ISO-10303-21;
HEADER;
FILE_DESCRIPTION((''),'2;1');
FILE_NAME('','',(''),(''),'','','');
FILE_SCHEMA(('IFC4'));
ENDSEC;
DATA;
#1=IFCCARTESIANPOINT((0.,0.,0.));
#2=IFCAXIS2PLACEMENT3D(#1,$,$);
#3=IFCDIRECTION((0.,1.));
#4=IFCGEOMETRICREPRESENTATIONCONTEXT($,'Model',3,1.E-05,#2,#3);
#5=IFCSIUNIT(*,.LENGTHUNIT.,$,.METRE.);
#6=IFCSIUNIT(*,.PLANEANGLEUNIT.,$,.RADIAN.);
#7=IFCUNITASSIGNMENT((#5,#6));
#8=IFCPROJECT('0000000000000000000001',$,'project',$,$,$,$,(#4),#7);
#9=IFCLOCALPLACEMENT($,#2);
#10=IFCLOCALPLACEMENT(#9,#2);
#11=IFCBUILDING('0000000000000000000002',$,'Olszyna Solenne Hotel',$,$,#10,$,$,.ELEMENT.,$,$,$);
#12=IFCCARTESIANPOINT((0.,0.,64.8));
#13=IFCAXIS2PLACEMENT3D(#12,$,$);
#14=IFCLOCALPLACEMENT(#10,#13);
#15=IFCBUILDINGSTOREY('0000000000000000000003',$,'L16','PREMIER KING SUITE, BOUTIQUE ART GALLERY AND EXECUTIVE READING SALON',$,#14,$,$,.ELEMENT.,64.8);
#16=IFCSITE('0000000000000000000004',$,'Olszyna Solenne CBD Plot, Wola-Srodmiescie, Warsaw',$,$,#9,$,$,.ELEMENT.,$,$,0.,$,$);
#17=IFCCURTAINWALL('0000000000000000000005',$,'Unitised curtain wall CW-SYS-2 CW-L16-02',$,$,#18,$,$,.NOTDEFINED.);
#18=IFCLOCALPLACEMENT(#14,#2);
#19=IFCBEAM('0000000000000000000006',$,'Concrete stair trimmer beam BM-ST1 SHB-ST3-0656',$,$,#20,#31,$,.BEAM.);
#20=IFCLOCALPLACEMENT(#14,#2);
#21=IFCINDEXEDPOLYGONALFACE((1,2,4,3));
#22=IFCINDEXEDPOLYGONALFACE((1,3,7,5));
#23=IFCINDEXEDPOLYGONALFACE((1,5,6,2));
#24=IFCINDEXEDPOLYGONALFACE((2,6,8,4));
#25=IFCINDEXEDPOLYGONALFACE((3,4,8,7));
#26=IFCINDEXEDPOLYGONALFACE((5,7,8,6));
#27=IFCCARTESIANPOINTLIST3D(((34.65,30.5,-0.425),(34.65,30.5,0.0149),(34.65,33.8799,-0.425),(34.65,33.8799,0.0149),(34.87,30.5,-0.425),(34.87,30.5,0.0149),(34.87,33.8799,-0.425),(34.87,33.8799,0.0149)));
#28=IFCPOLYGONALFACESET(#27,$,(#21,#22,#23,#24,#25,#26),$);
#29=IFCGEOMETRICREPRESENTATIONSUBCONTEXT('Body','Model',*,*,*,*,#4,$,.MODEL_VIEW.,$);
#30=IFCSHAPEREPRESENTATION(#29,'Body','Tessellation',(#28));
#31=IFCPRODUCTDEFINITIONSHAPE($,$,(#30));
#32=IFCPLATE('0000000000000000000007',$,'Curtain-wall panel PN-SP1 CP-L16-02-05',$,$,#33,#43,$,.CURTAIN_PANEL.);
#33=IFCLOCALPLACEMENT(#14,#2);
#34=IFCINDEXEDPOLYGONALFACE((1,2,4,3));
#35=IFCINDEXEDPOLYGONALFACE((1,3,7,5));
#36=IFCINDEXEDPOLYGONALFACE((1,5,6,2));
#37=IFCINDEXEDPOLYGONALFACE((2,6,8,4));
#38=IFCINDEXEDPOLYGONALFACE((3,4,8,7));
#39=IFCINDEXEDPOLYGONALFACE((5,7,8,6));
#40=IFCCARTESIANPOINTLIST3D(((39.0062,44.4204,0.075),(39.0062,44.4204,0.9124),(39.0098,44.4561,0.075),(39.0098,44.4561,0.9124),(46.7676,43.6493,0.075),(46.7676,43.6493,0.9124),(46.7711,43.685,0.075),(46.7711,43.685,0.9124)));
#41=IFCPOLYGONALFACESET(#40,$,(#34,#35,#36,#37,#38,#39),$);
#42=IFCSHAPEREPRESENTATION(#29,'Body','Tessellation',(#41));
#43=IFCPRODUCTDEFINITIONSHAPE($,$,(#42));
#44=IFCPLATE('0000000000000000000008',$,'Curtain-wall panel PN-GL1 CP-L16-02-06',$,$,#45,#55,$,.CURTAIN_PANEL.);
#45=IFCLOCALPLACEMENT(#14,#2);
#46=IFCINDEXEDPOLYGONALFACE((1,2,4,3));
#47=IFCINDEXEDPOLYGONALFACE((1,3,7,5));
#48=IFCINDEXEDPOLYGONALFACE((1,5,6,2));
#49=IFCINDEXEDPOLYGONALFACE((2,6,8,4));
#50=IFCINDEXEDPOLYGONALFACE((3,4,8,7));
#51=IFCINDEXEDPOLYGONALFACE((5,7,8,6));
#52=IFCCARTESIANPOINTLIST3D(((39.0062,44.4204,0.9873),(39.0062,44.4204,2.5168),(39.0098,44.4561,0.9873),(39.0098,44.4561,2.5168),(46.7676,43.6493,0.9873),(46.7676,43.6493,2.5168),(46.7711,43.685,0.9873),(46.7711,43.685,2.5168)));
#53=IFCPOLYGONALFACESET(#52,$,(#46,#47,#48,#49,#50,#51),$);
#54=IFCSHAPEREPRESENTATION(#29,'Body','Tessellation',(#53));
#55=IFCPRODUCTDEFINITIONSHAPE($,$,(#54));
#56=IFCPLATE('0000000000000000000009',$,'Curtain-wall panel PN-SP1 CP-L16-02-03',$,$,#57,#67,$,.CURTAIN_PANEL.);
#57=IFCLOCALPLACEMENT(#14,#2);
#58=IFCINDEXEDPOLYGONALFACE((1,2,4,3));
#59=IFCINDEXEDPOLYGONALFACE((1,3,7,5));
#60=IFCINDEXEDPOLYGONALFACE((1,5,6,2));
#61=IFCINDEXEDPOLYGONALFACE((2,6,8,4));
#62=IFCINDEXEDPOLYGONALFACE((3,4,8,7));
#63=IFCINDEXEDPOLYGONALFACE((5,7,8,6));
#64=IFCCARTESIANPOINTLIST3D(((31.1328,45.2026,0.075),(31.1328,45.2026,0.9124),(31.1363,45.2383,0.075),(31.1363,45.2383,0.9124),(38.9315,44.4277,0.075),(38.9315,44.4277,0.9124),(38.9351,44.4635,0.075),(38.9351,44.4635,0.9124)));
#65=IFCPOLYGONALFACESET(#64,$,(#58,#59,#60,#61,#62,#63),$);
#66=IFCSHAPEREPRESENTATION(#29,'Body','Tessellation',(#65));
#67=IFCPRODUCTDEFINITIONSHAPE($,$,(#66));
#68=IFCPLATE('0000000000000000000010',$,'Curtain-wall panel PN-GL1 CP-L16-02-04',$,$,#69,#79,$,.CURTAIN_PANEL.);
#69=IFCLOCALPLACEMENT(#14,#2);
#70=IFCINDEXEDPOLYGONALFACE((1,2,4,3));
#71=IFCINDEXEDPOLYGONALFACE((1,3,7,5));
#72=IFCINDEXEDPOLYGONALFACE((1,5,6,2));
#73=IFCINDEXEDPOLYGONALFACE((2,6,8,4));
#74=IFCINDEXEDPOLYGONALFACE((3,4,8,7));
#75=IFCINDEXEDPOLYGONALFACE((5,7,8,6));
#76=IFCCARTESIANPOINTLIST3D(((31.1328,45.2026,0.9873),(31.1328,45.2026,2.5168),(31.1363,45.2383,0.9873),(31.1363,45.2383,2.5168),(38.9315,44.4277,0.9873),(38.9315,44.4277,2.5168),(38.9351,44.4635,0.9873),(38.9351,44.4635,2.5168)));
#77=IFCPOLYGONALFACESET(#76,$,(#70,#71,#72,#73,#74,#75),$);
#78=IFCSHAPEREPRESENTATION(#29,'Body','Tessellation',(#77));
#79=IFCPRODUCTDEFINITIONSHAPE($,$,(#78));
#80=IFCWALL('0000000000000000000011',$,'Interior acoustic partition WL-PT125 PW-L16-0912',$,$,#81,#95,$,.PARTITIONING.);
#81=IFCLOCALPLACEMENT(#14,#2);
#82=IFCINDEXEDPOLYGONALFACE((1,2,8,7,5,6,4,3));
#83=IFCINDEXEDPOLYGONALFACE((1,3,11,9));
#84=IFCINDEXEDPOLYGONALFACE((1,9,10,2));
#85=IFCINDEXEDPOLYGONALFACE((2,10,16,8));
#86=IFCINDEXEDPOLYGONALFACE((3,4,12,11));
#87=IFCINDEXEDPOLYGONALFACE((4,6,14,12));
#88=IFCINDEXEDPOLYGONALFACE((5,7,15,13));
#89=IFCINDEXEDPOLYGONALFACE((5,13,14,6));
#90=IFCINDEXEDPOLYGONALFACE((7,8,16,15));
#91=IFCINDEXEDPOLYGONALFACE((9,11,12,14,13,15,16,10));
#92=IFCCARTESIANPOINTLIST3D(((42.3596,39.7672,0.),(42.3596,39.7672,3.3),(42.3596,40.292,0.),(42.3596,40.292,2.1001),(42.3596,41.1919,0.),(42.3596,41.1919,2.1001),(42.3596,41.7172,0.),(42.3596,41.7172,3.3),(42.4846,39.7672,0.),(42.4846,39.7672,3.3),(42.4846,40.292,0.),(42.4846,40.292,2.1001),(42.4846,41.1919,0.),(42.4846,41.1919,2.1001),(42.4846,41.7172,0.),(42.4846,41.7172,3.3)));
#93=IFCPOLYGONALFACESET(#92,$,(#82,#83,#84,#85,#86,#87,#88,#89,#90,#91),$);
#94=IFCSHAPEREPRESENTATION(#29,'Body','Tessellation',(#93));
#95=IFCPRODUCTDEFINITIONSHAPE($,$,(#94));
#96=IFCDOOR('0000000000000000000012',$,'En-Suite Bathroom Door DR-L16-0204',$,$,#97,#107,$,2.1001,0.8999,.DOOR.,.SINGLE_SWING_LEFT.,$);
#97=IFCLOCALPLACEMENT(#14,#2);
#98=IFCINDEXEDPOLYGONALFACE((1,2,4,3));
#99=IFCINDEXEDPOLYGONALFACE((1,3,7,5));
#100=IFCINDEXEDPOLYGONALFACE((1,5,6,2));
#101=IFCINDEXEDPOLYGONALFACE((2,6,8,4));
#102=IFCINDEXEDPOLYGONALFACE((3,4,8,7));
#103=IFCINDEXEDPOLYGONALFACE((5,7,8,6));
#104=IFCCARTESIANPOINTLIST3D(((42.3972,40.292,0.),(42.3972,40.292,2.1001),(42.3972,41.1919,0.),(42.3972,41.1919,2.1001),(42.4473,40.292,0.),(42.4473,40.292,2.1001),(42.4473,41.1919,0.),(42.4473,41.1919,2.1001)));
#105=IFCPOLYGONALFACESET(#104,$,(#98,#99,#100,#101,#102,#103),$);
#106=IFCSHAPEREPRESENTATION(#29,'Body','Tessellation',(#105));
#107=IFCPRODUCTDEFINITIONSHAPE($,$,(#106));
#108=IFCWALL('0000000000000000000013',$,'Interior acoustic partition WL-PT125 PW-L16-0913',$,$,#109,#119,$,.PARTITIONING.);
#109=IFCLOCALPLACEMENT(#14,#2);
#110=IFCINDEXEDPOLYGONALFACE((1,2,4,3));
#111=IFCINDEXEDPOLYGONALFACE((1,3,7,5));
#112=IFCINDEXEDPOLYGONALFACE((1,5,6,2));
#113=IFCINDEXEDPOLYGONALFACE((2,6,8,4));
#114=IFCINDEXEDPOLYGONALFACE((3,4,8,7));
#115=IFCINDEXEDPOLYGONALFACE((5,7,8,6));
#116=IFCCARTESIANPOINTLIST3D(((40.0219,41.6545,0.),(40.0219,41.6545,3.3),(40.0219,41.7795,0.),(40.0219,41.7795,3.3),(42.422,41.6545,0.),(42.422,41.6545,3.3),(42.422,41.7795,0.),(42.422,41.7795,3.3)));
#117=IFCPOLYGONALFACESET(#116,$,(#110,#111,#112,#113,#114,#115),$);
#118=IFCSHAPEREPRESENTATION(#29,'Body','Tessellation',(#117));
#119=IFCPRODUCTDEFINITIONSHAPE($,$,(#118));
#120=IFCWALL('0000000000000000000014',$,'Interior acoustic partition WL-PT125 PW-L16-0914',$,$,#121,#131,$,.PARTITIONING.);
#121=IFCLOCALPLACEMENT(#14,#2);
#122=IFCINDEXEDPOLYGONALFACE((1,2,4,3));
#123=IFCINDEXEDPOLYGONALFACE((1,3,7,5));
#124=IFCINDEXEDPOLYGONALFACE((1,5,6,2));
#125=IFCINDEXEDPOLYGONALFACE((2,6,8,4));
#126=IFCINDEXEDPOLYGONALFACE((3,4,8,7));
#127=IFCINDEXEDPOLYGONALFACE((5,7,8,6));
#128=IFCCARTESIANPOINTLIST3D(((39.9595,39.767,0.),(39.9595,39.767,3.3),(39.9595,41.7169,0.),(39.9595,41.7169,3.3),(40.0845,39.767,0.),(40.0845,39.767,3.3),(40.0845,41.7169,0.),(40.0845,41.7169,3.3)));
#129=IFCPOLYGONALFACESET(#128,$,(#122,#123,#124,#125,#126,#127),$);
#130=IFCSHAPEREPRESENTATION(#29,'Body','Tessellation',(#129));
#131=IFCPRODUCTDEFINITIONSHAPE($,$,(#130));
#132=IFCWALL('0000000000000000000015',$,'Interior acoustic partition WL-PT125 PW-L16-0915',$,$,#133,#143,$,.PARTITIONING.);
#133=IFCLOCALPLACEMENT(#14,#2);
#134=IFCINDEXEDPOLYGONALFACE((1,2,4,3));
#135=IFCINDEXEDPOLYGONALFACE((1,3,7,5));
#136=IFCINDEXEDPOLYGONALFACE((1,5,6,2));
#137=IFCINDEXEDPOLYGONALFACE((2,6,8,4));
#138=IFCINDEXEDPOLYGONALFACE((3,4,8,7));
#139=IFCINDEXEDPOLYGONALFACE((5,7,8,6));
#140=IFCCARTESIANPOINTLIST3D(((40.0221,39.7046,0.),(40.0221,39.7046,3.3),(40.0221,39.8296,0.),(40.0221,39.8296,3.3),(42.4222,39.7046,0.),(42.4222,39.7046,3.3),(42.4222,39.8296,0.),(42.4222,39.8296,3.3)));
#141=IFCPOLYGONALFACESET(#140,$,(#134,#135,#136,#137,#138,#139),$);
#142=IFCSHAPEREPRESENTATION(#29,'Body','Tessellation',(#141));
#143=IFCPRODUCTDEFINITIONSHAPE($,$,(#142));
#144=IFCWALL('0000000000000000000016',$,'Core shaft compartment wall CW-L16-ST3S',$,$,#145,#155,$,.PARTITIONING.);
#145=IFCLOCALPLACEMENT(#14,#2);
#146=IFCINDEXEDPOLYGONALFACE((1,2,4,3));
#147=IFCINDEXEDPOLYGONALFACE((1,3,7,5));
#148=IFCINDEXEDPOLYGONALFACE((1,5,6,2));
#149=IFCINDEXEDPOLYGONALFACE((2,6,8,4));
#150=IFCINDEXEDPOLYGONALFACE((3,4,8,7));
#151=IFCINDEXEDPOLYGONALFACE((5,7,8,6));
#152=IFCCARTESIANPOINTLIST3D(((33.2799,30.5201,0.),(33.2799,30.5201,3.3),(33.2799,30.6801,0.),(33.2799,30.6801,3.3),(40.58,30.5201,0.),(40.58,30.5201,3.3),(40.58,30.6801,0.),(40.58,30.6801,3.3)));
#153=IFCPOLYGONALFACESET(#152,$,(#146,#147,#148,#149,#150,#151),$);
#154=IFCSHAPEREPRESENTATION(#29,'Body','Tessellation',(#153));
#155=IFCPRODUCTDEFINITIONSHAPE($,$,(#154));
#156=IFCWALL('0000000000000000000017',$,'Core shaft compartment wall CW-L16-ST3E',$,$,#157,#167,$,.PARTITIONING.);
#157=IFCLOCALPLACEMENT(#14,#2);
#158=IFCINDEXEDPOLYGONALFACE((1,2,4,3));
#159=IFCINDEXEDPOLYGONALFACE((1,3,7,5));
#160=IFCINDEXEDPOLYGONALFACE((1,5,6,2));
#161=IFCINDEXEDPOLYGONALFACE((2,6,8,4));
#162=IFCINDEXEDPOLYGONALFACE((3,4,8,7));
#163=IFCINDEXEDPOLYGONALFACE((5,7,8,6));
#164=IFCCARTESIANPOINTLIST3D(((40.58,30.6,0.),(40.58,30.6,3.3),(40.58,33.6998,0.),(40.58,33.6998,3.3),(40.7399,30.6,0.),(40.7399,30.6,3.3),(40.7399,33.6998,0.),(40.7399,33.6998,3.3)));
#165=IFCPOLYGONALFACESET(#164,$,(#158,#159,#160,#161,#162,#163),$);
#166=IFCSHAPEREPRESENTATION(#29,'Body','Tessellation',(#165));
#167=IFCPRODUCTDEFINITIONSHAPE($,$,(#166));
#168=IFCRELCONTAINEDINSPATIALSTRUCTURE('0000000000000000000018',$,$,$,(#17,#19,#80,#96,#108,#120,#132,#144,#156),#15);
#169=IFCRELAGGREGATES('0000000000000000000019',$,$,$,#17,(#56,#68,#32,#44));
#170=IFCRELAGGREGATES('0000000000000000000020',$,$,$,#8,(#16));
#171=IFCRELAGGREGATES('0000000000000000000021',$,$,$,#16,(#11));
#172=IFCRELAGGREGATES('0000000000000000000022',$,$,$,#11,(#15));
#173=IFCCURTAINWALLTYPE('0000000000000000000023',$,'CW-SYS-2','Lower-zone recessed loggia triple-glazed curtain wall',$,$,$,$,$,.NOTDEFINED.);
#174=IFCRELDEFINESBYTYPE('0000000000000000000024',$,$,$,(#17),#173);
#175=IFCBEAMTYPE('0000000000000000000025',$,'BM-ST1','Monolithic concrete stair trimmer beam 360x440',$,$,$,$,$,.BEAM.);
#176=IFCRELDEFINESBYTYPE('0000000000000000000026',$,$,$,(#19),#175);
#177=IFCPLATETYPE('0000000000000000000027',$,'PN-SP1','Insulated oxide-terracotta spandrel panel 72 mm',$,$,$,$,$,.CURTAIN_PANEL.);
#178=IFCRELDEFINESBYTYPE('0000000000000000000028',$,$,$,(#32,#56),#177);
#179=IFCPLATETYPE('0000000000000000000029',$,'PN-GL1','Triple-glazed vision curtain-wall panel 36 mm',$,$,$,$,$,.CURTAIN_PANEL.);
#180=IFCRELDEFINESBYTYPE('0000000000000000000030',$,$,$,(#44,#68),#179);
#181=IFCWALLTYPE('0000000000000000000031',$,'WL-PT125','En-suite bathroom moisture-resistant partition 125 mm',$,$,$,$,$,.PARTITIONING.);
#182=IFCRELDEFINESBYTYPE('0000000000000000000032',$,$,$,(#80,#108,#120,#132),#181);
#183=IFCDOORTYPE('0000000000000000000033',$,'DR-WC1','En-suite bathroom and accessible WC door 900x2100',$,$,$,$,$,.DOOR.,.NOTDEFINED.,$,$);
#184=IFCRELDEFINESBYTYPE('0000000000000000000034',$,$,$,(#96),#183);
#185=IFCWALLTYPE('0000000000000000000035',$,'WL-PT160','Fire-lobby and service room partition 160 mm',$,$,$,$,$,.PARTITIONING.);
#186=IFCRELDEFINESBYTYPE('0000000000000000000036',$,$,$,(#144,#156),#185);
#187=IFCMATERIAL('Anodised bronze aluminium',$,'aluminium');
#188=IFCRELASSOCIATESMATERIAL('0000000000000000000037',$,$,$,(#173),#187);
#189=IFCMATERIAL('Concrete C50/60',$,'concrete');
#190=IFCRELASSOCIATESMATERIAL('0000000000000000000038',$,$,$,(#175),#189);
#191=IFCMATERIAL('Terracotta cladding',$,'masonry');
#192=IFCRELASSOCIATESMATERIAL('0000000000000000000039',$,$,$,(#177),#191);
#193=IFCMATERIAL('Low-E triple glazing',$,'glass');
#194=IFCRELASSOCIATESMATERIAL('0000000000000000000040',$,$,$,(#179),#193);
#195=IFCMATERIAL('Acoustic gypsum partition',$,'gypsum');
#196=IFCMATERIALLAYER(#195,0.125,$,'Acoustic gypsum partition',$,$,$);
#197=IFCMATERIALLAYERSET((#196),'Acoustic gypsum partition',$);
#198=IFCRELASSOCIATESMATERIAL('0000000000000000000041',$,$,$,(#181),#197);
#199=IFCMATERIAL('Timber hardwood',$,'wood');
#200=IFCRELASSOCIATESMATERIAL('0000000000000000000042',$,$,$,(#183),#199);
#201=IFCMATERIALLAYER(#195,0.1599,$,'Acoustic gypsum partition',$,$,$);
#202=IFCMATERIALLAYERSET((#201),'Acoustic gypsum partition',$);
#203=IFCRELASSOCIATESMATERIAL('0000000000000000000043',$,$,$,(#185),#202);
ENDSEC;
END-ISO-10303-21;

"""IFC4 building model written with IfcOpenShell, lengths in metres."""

from ifc_helpers import new_model, si_unit, direction, frame, frame_2d, origin, origin_2d, place, context, subcontext, project, spatial, rectangle, extrude, source, transform, mapped, material, layer, layer_set, material_profile, profile_set, type_object, type_shapes, element, fill, aggregate, save


model = new_model("IFC4")

# Units and contexts
model_context = context("Model", 3, precision=1e-05, world=origin(), true_north=direction((0.0, 1.0)))
body_context = subcontext(model_context, "Body", "Model", "MODEL_VIEW")
ifc_project = project(units=[si_unit("LENGTHUNIT", "METRE"), si_unit("PLANEANGLEUNIT", "RADIAN")], contexts=[model_context])

# Site, building, storey
site_placement = place(None, origin())
site = spatial("IfcSite", under=ifc_project, at=site_placement, Name="Olszyna Solenne CBD Plot, Wola-Srodmiescie, Warsaw", CompositionType="ELEMENT", RefElevation=0.0)
building_placement = place(site_placement, origin())
building = spatial("IfcBuilding", under=site, at=building_placement, Name="Olszyna Solenne Hotel", CompositionType="ELEMENT")
storey_placement = place(building_placement, frame((0.0, 0.0, 64.8)))
storey = spatial("IfcBuildingStorey", under=building, at=storey_placement, Name="L16", Description="PREMIER KING SUITE, BOUTIQUE ART GALLERY AND EXECUTIVE READING SALON", CompositionType="ELEMENT", Elevation=64.8)

# Curtain wall
ifc_material_1 = material(Name="Anodised bronze aluminium", Category="aluminium")
curtain_wall_type = type_object("IfcCurtainWallType", Name="CW-SYS-2", Description="Lower-zone recessed loggia triple-glazed curtain wall", PredefinedType="NOTDEFINED", material=ifc_material_1)
curtain_wall_placement = place(storey_placement, origin())
curtain_wall = element("IfcCurtainWall", 1, at=curtain_wall_placement, inside=storey, type_object=curtain_wall_type, Name="Unitised curtain wall CW-SYS-2 CW-L16-02", PredefinedType="NOTDEFINED")

# Beam
ifc_material_2 = material(Name="Concrete C50/60", Category="concrete")
ifc_material_profile_1 = material_profile(ifc_material_2, rectangle(XDim=0.22, YDim=0.4399, at=origin_2d()), Name="RC 220x440", Category="load-bearing")
ifc_profile_set_1 = profile_set([ifc_material_profile_1], Name="Concrete C50/60")
beam_type_1 = type_object("IfcBeamType", Name="BM-ST1", Description="Monolithic concrete stair trimmer beam 360x440", PredefinedType="BEAM", material=ifc_profile_set_1)
shared_shape_1 = source(origin(), body_context, "Body", "SweptSolid", [
    extrude(rectangle(XDim=0.22, YDim=0.4399, at=origin_2d()), origin(), (0.0, 0.0, 1.0), 3.3799),
])
beam_1_placement = place(storey_placement, frame((34.76, 30.5, -0.2051), z_axis=(0.0, 1.0, 0.0), x_axis=(-1.0, 0.0, 0.0)))
element("IfcBeam", 2, at=beam_1_placement, inside=storey, type_object=beam_type_1, Name="Concrete stair trimmer beam BM-ST1 SHB-ST3-0656", PredefinedType="BEAM", context=body_context, shape_type="MappedRepresentation", body=[
    mapped(shared_shape_1, transform((0.0, 0.0, 0.0), x_axis=(1.0, 0.0, 0.0), y_axis=(0.0, 1.0, 0.0), z_axis=(0.0, 0.0, 1.0), scale=1.0)),
])

# Plates
ifc_material_3 = material(Name="Terracotta cladding", Category="masonry")
plate_type_1 = type_object("IfcPlateType", Name="PN-SP1", Description="Insulated oxide-terracotta spandrel panel 72 mm", PredefinedType="CURTAIN_PANEL", material=ifc_material_3)
shared_shape_2 = source(origin(), body_context, "Body", "SweptSolid", [
    extrude(rectangle(XDim=7.7996, YDim=0.0359, at=origin_2d()), origin(), (0.0, 0.0, 1.0), 0.8374),
])
plate_1_placement = place(storey_placement, frame((42.8887, 44.0527, 0.075), z_axis=(0.0, 0.0, 1.0), x_axis=(0.995101, -0.098865, 0.0)))
plate_1 = element("IfcPlate", 3, at=plate_1_placement, type_object=plate_type_1, Name="Curtain-wall panel PN-SP1 CP-L16-02-05", PredefinedType="CURTAIN_PANEL", context=body_context, shape_type="MappedRepresentation", body=[
    mapped(shared_shape_2, transform((0.0, 0.0, 0.0), x_axis=(1.0, 0.0, 0.0), y_axis=(0.0, 1.0, 0.0), z_axis=(0.0, 0.0, 1.0), scale=1.0)),
])
ifc_material_4 = material(Name="Low-E triple glazing", Category="glass")
plate_type_2 = type_object("IfcPlateType", Name="PN-GL1", Description="Triple-glazed vision curtain-wall panel 36 mm", PredefinedType="CURTAIN_PANEL", material=ifc_material_4)
shared_shape_3 = source(origin(), body_context, "Body", "SweptSolid", [
    extrude(rectangle(XDim=7.7996, YDim=0.0359, at=origin_2d()), origin(), (0.0, 0.0, 1.0), 1.5295),
])
plate_2_placement = place(storey_placement, frame((42.8887, 44.0527, 0.9873), z_axis=(0.0, 0.0, 1.0), x_axis=(0.995101, -0.098865, 0.0)))
plate_2 = element("IfcPlate", 4, at=plate_2_placement, type_object=plate_type_2, Name="Curtain-wall panel PN-GL1 CP-L16-02-06", PredefinedType="CURTAIN_PANEL", context=body_context, shape_type="MappedRepresentation", body=[
    mapped(shared_shape_3, transform((0.0, 0.0, 0.0), x_axis=(1.0, 0.0, 0.0), y_axis=(0.0, 1.0, 0.0), z_axis=(0.0, 0.0, 1.0), scale=1.0)),
])
shared_shape_4 = source(origin(), body_context, "Body", "SweptSolid", [
    extrude(rectangle(XDim=7.8372, YDim=0.0359, at=origin_2d()), origin(), (0.0, 0.0, 1.0), 0.8374),
])
plate_3_placement = place(storey_placement, frame((35.0339, 44.833, 0.075), z_axis=(0.0, 0.0, 1.0), x_axis=(0.995101, -0.098865, 0.0)))
plate_3 = element("IfcPlate", 5, at=plate_3_placement, type_object=plate_type_1, Name="Curtain-wall panel PN-SP1 CP-L16-02-03", PredefinedType="CURTAIN_PANEL", context=body_context, shape_type="MappedRepresentation", body=[
    mapped(shared_shape_4, transform((0.0, 0.0, 0.0), x_axis=(1.0, 0.0, 0.0), y_axis=(0.0, 1.0, 0.0), z_axis=(0.0, 0.0, 1.0), scale=1.0)),
])
shared_shape_5 = source(origin(), body_context, "Body", "SweptSolid", [
    extrude(rectangle(XDim=7.8372, YDim=0.0359, at=origin_2d()), origin(), (0.0, 0.0, 1.0), 1.5295),
])
plate_4_placement = place(storey_placement, frame((35.0339, 44.833, 0.9873), z_axis=(0.0, 0.0, 1.0), x_axis=(0.995101, -0.098865, 0.0)))
plate_4 = element("IfcPlate", 6, at=plate_4_placement, type_object=plate_type_2, Name="Curtain-wall panel PN-GL1 CP-L16-02-04", PredefinedType="CURTAIN_PANEL", context=body_context, shape_type="MappedRepresentation", body=[
    mapped(shared_shape_5, transform((0.0, 0.0, 0.0), x_axis=(1.0, 0.0, 0.0), y_axis=(0.0, 1.0, 0.0), z_axis=(0.0, 0.0, 1.0), scale=1.0)),
])
aggregate(curtain_wall, [plate_3, plate_4, plate_1, plate_2])

# Wall, opening, door
ifc_material_5 = material(Name="Acoustic gypsum partition", Category="gypsum")
ifc_layer_1 = layer(ifc_material_5, 0.125, Name="Acoustic gypsum partition")
ifc_layer_set_1 = layer_set([ifc_layer_1], Name="Acoustic gypsum partition")
wall_type_1 = type_object("IfcWallType", Name="WL-PT125", Description="En-suite bathroom moisture-resistant partition 125 mm", PredefinedType="PARTITIONING", material=ifc_layer_set_1)
wall_1_placement = place(storey_placement, frame((42.4221, 39.7671, 0.0), z_axis=(0.0, 0.0, 1.0), x_axis=(0.0, 1.0, 0.0)))
wall_1 = element("IfcWall", 7, at=wall_1_placement, inside=storey, type_object=wall_type_1, Name="Interior acoustic partition WL-PT125 PW-L16-0912", PredefinedType="PARTITIONING", context=body_context, shape_type="SweptSolid", body=[
    extrude(rectangle(XDim=1.95, YDim=0.125, at=frame_2d((0.9751, 0.0))), origin(), (0.0, 0.0, 1.0), 3.3),
])
opening_placement = place(wall_1_placement, frame((0.5249, 0.0, 0.0)))
opening = element("IfcOpeningElement", 8, at=opening_placement, cuts=wall_1, PredefinedType="OPENING", context=body_context, shape_type="SweptSolid", body=[
    extrude(rectangle(XDim=0.8999, YDim=2.1001, at=frame_2d((0.45, 1.05))), frame((0.0, 0.0725, 0.0), z_axis=(0.0, -1.0, 0.0), x_axis=(1.0, 0.0, 0.0)), (0.0, 0.0, 1.0), 0.145),
])
ifc_material_6 = material(Name="Timber hardwood", Category="wood")
door_type = type_object("IfcDoorType", Name="DR-WC1", Description="En-suite bathroom and accessible WC door 900x2100", OperationType="NOTDEFINED", PredefinedType="DOOR", material=ifc_material_6)
shared_shape_6 = source(origin(), body_context, "Body", "SweptSolid", [
    extrude(rectangle(XDim=0.8999, YDim=2.1001, at=frame_2d((0.45, 1.05))), frame((0.0, 0.0249, 0.0), z_axis=(0.0, -1.0, 0.0), x_axis=(1.0, 0.0, 0.0)), (0.0, 0.0, 1.0), 0.05),
])
type_shapes(door_type, [shared_shape_6])
door_placement = place(opening_placement, origin())
door = element("IfcDoor", 9, at=door_placement, inside=storey, type_object=door_type, Name="En-Suite Bathroom Door DR-L16-0204", OperationType="SINGLE_SWING_LEFT", OverallHeight=2.1001, OverallWidth=0.8999, PredefinedType="DOOR", context=body_context, shape_type="MappedRepresentation", body=[
    mapped(shared_shape_6, transform((0.0, 0.0, 0.0), x_axis=(1.0, 0.0, 0.0), y_axis=(0.0, 1.0, 0.0), z_axis=(0.0, 0.0, 1.0), scale=1.0)),
])
fill(opening, door)

# Walls
wall_2_placement = place(storey_placement, frame((42.4221, 41.717, 0.0), z_axis=(0.0, 0.0, 1.0), x_axis=(-1.0, 0.0, 0.0)))
element("IfcWall", 10, at=wall_2_placement, inside=storey, type_object=wall_type_1, Name="Interior acoustic partition WL-PT125 PW-L16-0913", PredefinedType="PARTITIONING", context=body_context, shape_type="SweptSolid", body=[
    extrude(rectangle(XDim=2.4001, YDim=0.125, at=frame_2d((1.2002, 0.0))), origin(), (0.0, 0.0, 1.0), 3.3),
])
wall_3_placement = place(storey_placement, frame((40.022, 41.717, 0.0), z_axis=(0.0, 0.0, 1.0), x_axis=(0.0, -1.0, 0.0)))
element("IfcWall", 11, at=wall_3_placement, inside=storey, type_object=wall_type_1, Name="Interior acoustic partition WL-PT125 PW-L16-0914", PredefinedType="PARTITIONING", context=body_context, shape_type="SweptSolid", body=[
    extrude(rectangle(XDim=1.95, YDim=0.125, at=frame_2d((0.9751, 0.0))), origin(), (0.0, 0.0, 1.0), 3.3),
])
wall_4_placement = place(storey_placement, frame((40.022, 39.7671, 0.0), z_axis=(0.0, 0.0, 1.0), x_axis=(1.0, 0.0, 0.0)))
element("IfcWall", 12, at=wall_4_placement, inside=storey, type_object=wall_type_1, Name="Interior acoustic partition WL-PT125 PW-L16-0915", PredefinedType="PARTITIONING", context=body_context, shape_type="SweptSolid", body=[
    extrude(rectangle(XDim=2.4001, YDim=0.125, at=frame_2d((1.2002, 0.0))), origin(), (0.0, 0.0, 1.0), 3.3),
])
ifc_layer_2 = layer(ifc_material_5, 0.1599, Name="Acoustic gypsum partition")
ifc_layer_set_2 = layer_set([ifc_layer_2], Name="Acoustic gypsum partition")
wall_type_2 = type_object("IfcWallType", Name="WL-PT160", Description="Fire-lobby and service room partition 160 mm", PredefinedType="PARTITIONING", material=ifc_layer_set_2)
wall_5_placement = place(storey_placement, frame((33.28, 30.6001, 0.0), z_axis=(0.0, 0.0, 1.0), x_axis=(1.0, 0.0, 0.0)))
element("IfcWall", 13, at=wall_5_placement, inside=storey, type_object=wall_type_2, Name="Core shaft compartment wall CW-L16-ST3S", PredefinedType="PARTITIONING", context=body_context, shape_type="SweptSolid", body=[
    extrude(rectangle(XDim=7.3, YDim=0.1599, at=frame_2d((3.6499, 0.0))), origin(), (0.0, 0.0, 1.0), 3.3),
])
wall_6_placement = place(storey_placement, frame((40.6599, 30.6001, 0.0), z_axis=(0.0, 0.0, 1.0), x_axis=(0.0, 1.0, 0.0)))
element("IfcWall", 14, at=wall_6_placement, inside=storey, type_object=wall_type_2, Name="Core shaft compartment wall CW-L16-ST3E", PredefinedType="PARTITIONING", context=body_context, shape_type="SweptSolid", body=[
    extrude(rectangle(XDim=3.0999, YDim=0.1599, at=frame_2d((1.5498, 0.0))), origin(), (0.0, 0.0, 1.0), 3.3),
])

save(model, "model.ifc")
